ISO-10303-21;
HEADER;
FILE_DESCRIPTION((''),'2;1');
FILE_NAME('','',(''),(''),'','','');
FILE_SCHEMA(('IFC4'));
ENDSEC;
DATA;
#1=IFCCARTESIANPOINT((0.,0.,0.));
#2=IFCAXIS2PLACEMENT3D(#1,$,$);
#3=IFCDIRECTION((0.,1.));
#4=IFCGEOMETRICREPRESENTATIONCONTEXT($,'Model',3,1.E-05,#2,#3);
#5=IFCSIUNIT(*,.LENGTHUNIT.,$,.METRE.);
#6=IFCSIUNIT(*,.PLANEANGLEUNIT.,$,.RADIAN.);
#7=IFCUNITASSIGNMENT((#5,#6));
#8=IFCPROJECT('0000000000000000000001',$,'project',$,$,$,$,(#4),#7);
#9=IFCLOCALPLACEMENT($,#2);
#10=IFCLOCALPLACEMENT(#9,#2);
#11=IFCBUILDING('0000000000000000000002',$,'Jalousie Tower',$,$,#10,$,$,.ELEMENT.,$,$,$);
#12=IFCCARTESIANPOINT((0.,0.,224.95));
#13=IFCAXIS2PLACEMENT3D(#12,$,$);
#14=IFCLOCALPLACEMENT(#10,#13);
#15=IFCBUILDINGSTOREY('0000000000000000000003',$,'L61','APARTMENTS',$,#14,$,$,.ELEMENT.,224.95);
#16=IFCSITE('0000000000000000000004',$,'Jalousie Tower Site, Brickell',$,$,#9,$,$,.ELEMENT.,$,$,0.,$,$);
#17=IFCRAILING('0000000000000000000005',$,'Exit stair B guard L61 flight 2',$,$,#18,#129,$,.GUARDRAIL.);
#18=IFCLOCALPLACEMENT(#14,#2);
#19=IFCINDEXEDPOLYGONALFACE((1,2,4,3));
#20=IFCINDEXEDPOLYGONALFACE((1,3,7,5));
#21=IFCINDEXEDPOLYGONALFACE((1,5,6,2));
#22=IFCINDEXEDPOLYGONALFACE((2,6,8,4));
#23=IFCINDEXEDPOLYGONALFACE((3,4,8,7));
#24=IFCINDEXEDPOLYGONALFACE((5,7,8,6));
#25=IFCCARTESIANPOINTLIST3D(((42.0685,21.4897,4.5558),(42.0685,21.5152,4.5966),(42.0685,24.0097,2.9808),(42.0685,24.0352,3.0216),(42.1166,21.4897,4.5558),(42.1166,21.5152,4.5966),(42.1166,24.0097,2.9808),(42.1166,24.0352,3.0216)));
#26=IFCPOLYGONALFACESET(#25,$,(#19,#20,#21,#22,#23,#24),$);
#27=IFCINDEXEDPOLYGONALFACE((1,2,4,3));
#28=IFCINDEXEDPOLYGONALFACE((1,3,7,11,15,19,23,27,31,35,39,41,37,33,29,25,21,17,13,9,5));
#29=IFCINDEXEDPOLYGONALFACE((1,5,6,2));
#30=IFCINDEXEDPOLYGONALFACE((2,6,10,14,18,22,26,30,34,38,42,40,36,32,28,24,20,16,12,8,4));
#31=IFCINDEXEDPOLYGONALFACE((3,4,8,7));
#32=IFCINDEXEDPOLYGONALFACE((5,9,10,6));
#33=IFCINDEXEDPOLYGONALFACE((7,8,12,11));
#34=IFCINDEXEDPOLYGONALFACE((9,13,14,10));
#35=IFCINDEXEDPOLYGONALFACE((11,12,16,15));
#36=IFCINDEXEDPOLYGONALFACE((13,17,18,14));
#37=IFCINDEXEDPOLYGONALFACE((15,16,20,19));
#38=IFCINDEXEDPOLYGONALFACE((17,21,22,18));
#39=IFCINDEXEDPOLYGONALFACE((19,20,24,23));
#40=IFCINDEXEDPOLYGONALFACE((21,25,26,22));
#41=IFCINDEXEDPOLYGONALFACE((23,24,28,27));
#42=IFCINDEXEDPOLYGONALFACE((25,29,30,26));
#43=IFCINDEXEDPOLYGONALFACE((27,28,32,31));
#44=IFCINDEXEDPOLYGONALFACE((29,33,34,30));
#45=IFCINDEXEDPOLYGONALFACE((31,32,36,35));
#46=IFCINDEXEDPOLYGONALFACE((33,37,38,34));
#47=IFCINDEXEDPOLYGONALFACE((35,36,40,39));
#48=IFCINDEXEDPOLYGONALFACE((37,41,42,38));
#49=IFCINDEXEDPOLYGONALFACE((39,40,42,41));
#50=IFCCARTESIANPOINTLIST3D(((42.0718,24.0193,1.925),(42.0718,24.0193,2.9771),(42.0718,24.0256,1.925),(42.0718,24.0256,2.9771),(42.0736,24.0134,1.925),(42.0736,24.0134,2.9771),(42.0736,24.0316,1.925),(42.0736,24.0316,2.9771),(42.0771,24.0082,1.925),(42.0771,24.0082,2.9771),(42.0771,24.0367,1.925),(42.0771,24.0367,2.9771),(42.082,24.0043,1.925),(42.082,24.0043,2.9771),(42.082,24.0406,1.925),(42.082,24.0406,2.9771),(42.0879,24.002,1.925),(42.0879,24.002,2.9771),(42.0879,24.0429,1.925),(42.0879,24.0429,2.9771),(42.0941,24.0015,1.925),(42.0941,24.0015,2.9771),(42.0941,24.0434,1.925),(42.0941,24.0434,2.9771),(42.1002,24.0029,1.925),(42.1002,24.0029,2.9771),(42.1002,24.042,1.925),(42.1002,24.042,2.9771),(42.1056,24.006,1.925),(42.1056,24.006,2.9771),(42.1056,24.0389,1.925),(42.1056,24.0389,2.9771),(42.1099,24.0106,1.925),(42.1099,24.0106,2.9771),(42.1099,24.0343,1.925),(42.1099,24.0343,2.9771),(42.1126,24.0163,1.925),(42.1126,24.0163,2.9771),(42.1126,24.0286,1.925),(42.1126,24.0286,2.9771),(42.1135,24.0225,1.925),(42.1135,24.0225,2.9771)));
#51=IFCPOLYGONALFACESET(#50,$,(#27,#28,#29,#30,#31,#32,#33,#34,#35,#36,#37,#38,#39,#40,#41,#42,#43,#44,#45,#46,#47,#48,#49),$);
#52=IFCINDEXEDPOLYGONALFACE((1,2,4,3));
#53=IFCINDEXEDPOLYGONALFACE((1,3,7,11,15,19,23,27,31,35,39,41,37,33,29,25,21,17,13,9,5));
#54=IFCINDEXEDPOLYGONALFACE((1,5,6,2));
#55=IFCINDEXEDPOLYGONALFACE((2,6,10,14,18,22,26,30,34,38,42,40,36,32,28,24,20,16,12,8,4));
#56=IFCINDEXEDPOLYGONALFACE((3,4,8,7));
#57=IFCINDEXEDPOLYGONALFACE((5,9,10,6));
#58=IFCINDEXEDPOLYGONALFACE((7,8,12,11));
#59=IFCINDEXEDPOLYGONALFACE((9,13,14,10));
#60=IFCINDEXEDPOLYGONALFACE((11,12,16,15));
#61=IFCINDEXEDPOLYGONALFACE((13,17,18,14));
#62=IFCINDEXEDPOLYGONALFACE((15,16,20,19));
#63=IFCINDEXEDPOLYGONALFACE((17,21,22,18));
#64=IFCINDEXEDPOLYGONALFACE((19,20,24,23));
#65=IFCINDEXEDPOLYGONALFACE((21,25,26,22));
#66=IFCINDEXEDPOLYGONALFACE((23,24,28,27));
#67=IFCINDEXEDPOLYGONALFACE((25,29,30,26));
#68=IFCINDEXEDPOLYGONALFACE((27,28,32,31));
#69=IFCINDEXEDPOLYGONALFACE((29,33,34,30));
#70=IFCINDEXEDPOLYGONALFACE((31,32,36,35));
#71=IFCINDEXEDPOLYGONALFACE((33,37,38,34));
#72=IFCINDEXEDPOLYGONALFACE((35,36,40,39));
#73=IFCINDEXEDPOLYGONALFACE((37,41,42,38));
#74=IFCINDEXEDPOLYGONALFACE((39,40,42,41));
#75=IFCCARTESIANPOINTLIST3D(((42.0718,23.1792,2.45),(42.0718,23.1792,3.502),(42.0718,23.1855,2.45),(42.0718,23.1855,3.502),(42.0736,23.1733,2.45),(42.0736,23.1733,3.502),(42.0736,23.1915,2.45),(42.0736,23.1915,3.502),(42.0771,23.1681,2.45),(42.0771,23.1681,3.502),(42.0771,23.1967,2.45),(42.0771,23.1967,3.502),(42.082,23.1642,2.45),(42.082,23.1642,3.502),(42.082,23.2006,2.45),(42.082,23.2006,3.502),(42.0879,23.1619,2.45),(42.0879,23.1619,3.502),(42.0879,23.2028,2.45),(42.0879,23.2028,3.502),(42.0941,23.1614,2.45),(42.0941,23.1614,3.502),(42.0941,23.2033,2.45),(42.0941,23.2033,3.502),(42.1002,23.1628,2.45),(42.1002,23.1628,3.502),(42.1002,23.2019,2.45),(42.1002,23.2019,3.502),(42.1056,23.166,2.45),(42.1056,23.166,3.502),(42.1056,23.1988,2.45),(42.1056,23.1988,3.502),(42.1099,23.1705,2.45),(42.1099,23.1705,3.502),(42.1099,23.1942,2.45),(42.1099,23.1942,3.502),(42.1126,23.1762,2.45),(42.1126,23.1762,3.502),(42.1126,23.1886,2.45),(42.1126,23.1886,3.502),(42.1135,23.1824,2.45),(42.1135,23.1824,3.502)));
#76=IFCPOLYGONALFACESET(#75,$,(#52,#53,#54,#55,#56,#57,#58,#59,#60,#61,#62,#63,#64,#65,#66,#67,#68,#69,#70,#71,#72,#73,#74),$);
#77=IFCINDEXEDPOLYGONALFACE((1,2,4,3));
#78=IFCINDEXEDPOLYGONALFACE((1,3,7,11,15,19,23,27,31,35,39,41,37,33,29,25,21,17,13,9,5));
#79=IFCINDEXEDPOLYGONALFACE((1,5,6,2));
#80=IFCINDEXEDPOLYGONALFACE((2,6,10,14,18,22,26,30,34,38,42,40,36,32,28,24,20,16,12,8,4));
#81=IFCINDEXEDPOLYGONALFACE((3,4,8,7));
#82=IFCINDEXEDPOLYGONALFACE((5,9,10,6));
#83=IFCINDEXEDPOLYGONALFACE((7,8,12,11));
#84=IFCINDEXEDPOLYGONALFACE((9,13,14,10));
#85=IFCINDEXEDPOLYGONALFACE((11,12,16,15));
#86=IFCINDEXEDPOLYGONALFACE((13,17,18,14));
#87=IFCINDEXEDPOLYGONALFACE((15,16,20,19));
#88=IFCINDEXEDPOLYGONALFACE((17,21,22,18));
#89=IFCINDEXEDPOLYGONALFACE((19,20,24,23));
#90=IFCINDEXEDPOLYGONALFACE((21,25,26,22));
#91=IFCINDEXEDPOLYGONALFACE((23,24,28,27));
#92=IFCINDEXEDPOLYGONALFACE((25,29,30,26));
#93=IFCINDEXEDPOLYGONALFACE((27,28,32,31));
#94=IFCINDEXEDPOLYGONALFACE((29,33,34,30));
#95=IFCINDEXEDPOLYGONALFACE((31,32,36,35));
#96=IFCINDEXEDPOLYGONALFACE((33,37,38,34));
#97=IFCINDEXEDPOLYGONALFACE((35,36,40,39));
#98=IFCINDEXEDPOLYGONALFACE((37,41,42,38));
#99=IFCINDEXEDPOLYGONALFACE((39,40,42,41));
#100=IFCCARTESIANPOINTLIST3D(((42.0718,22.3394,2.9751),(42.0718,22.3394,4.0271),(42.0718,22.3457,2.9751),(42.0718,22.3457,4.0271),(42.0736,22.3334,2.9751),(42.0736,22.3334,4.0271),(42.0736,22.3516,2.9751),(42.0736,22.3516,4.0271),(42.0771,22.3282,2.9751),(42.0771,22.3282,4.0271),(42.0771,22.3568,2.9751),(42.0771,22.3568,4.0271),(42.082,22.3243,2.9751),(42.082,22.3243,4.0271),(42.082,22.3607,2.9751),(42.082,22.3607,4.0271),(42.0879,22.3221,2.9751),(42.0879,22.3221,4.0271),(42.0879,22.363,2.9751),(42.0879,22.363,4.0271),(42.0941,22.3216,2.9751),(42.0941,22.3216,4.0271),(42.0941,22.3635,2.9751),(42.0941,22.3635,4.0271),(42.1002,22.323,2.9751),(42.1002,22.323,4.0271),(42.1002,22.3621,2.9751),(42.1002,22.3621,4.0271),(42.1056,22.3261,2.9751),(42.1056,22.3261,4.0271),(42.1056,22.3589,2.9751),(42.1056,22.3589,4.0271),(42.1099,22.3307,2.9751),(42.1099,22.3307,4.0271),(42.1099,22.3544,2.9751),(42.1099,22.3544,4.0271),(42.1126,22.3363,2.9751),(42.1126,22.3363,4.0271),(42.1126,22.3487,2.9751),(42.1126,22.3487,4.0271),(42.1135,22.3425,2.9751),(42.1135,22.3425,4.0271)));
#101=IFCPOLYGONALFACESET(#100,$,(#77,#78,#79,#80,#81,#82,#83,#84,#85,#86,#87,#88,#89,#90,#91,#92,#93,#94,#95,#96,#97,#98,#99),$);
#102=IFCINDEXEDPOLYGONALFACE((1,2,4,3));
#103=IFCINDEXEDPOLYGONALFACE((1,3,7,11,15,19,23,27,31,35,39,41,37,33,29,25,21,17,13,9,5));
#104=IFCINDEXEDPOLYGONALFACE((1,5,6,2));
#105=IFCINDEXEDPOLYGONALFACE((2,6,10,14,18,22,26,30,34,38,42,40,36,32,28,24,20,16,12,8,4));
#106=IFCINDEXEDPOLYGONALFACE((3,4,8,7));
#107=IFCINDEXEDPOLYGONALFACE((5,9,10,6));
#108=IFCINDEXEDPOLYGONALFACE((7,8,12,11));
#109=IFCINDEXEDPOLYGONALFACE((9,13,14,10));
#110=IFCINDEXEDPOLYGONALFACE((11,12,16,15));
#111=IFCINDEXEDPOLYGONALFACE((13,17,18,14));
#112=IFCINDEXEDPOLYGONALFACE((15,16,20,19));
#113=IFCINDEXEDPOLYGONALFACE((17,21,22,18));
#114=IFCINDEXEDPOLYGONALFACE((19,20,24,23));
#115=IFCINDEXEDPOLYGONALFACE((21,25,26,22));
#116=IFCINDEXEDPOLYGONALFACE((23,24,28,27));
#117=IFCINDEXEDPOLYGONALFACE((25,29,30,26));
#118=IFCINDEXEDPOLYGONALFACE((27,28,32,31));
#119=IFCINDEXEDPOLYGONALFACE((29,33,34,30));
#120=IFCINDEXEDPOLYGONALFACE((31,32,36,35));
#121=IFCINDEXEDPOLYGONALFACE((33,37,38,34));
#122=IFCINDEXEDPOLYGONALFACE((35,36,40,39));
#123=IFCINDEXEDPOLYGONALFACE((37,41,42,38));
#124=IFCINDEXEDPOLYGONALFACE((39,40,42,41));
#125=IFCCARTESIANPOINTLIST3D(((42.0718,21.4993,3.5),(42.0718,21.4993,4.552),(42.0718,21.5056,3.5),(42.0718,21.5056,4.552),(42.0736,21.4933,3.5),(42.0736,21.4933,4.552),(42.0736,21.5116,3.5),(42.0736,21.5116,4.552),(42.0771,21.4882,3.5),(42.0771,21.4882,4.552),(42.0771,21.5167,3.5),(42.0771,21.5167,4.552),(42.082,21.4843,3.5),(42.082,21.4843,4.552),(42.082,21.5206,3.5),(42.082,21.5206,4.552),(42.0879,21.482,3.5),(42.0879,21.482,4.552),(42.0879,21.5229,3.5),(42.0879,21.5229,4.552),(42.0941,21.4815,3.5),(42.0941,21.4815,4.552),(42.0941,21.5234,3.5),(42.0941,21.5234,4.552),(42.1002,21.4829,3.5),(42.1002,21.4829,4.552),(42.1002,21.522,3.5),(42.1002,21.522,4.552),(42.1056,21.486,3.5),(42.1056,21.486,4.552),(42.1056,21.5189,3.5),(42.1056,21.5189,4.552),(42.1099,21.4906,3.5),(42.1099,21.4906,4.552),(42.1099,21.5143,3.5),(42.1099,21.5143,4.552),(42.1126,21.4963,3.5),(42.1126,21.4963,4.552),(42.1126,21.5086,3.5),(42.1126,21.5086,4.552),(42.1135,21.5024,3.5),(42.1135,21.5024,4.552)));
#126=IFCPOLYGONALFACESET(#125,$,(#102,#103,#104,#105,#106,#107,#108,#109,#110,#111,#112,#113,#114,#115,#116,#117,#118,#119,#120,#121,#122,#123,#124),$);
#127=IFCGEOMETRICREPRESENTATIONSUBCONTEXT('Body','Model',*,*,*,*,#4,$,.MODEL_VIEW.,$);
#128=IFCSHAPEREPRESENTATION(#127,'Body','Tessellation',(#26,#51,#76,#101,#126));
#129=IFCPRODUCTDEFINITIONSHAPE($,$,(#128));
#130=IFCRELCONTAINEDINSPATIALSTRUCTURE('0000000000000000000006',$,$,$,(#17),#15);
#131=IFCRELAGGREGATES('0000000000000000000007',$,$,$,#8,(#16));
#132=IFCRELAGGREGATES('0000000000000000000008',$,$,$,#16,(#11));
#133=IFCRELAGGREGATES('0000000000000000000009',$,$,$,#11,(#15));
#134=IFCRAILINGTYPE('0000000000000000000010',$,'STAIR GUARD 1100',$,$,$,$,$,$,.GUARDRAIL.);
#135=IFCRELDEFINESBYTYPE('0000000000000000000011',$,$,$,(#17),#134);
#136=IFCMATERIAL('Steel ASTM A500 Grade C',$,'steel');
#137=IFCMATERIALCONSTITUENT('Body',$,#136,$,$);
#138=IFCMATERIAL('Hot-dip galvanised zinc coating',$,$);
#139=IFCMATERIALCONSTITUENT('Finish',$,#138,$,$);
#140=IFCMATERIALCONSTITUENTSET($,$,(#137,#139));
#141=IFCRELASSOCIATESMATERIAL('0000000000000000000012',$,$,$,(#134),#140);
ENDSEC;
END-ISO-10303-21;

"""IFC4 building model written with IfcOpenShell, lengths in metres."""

from ifc_helpers import new_model, si_unit, direction, frame, origin, origin_2d, place, context, subcontext, project, spatial, rectangle, circle, extrude, material, constituent, constituent_set, type_object, element, save


model = new_model("IFC4")

# Units and contexts
model_context = context("Model", 3, precision=1e-05, world=origin(), true_north=direction((0.0, 1.0)))
body_context = subcontext(model_context, "Body", "Model", "MODEL_VIEW")
ifc_project = project(units=[si_unit("LENGTHUNIT", "METRE"), si_unit("PLANEANGLEUNIT", "RADIAN")], contexts=[model_context])

# Site, building, storey
site_placement = place(None, origin())
site = spatial("IfcSite", under=ifc_project, at=site_placement, Name="Jalousie Tower Site, Brickell", CompositionType="ELEMENT", RefElevation=0.0)
building_placement = place(site_placement, origin())
building = spatial("IfcBuilding", under=site, at=building_placement, Name="Jalousie Tower", CompositionType="ELEMENT")
storey_placement = place(building_placement, frame((0.0, 0.0, 224.95)))
storey = spatial("IfcBuildingStorey", under=building, at=storey_placement, Name="L61", Description="APARTMENTS", CompositionType="ELEMENT", Elevation=224.95)

# Railing
ifc_material_1 = material(Name="Steel ASTM A500 Grade C", Category="steel")
ifc_constituent_1 = constituent(ifc_material_1, Name="Body")
ifc_material_2 = material(Name="Hot-dip galvanised zinc coating")
ifc_constituent_2 = constituent(ifc_material_2, Name="Finish")
ifc_constituent_set_1 = constituent_set(constituents=[ifc_constituent_1, ifc_constituent_2])
railing_type_1 = type_object("IfcRailingType", Name="STAIR GUARD 1100", PredefinedType="GUARDRAIL", material=ifc_constituent_set_1)
railing_1_placement = place(storey_placement, frame((42.0925, 24.0225, 1.925)))
element("IfcRailing", 1, at=railing_1_placement, inside=storey, type_object=railing_type_1, Name="Exit stair B guard L61 flight 2", PredefinedType="GUARDRAIL", context=body_context, shape_type="SweptSolid", body=[
    extrude(rectangle(XDim=0.0481, YDim=0.0481, at=origin_2d()), frame((0.0, 0.0, 1.0762), z_axis=(0.0, -0.848008, 0.529984), x_axis=(1.0, 0.0, 0.0)), (0.0, 0.0, 1.0), 2.9717),
    extrude(circle(Radius=0.021, at=origin_2d()), origin(), (0.0, 0.0, 1.0), 1.052),
    extrude(circle(Radius=0.021, at=origin_2d()), frame((0.0, -0.8401, 0.5249)), (0.0, 0.0, 1.0), 1.052),
    extrude(circle(Radius=0.021, at=origin_2d()), frame((0.0, -1.6799, 1.05)), (0.0, 0.0, 1.0), 1.052),
    extrude(circle(Radius=0.021, at=origin_2d()), frame((0.0, -2.52, 1.575)), (0.0, 0.0, 1.0), 1.052),
])

save(model, "model.ifc")
